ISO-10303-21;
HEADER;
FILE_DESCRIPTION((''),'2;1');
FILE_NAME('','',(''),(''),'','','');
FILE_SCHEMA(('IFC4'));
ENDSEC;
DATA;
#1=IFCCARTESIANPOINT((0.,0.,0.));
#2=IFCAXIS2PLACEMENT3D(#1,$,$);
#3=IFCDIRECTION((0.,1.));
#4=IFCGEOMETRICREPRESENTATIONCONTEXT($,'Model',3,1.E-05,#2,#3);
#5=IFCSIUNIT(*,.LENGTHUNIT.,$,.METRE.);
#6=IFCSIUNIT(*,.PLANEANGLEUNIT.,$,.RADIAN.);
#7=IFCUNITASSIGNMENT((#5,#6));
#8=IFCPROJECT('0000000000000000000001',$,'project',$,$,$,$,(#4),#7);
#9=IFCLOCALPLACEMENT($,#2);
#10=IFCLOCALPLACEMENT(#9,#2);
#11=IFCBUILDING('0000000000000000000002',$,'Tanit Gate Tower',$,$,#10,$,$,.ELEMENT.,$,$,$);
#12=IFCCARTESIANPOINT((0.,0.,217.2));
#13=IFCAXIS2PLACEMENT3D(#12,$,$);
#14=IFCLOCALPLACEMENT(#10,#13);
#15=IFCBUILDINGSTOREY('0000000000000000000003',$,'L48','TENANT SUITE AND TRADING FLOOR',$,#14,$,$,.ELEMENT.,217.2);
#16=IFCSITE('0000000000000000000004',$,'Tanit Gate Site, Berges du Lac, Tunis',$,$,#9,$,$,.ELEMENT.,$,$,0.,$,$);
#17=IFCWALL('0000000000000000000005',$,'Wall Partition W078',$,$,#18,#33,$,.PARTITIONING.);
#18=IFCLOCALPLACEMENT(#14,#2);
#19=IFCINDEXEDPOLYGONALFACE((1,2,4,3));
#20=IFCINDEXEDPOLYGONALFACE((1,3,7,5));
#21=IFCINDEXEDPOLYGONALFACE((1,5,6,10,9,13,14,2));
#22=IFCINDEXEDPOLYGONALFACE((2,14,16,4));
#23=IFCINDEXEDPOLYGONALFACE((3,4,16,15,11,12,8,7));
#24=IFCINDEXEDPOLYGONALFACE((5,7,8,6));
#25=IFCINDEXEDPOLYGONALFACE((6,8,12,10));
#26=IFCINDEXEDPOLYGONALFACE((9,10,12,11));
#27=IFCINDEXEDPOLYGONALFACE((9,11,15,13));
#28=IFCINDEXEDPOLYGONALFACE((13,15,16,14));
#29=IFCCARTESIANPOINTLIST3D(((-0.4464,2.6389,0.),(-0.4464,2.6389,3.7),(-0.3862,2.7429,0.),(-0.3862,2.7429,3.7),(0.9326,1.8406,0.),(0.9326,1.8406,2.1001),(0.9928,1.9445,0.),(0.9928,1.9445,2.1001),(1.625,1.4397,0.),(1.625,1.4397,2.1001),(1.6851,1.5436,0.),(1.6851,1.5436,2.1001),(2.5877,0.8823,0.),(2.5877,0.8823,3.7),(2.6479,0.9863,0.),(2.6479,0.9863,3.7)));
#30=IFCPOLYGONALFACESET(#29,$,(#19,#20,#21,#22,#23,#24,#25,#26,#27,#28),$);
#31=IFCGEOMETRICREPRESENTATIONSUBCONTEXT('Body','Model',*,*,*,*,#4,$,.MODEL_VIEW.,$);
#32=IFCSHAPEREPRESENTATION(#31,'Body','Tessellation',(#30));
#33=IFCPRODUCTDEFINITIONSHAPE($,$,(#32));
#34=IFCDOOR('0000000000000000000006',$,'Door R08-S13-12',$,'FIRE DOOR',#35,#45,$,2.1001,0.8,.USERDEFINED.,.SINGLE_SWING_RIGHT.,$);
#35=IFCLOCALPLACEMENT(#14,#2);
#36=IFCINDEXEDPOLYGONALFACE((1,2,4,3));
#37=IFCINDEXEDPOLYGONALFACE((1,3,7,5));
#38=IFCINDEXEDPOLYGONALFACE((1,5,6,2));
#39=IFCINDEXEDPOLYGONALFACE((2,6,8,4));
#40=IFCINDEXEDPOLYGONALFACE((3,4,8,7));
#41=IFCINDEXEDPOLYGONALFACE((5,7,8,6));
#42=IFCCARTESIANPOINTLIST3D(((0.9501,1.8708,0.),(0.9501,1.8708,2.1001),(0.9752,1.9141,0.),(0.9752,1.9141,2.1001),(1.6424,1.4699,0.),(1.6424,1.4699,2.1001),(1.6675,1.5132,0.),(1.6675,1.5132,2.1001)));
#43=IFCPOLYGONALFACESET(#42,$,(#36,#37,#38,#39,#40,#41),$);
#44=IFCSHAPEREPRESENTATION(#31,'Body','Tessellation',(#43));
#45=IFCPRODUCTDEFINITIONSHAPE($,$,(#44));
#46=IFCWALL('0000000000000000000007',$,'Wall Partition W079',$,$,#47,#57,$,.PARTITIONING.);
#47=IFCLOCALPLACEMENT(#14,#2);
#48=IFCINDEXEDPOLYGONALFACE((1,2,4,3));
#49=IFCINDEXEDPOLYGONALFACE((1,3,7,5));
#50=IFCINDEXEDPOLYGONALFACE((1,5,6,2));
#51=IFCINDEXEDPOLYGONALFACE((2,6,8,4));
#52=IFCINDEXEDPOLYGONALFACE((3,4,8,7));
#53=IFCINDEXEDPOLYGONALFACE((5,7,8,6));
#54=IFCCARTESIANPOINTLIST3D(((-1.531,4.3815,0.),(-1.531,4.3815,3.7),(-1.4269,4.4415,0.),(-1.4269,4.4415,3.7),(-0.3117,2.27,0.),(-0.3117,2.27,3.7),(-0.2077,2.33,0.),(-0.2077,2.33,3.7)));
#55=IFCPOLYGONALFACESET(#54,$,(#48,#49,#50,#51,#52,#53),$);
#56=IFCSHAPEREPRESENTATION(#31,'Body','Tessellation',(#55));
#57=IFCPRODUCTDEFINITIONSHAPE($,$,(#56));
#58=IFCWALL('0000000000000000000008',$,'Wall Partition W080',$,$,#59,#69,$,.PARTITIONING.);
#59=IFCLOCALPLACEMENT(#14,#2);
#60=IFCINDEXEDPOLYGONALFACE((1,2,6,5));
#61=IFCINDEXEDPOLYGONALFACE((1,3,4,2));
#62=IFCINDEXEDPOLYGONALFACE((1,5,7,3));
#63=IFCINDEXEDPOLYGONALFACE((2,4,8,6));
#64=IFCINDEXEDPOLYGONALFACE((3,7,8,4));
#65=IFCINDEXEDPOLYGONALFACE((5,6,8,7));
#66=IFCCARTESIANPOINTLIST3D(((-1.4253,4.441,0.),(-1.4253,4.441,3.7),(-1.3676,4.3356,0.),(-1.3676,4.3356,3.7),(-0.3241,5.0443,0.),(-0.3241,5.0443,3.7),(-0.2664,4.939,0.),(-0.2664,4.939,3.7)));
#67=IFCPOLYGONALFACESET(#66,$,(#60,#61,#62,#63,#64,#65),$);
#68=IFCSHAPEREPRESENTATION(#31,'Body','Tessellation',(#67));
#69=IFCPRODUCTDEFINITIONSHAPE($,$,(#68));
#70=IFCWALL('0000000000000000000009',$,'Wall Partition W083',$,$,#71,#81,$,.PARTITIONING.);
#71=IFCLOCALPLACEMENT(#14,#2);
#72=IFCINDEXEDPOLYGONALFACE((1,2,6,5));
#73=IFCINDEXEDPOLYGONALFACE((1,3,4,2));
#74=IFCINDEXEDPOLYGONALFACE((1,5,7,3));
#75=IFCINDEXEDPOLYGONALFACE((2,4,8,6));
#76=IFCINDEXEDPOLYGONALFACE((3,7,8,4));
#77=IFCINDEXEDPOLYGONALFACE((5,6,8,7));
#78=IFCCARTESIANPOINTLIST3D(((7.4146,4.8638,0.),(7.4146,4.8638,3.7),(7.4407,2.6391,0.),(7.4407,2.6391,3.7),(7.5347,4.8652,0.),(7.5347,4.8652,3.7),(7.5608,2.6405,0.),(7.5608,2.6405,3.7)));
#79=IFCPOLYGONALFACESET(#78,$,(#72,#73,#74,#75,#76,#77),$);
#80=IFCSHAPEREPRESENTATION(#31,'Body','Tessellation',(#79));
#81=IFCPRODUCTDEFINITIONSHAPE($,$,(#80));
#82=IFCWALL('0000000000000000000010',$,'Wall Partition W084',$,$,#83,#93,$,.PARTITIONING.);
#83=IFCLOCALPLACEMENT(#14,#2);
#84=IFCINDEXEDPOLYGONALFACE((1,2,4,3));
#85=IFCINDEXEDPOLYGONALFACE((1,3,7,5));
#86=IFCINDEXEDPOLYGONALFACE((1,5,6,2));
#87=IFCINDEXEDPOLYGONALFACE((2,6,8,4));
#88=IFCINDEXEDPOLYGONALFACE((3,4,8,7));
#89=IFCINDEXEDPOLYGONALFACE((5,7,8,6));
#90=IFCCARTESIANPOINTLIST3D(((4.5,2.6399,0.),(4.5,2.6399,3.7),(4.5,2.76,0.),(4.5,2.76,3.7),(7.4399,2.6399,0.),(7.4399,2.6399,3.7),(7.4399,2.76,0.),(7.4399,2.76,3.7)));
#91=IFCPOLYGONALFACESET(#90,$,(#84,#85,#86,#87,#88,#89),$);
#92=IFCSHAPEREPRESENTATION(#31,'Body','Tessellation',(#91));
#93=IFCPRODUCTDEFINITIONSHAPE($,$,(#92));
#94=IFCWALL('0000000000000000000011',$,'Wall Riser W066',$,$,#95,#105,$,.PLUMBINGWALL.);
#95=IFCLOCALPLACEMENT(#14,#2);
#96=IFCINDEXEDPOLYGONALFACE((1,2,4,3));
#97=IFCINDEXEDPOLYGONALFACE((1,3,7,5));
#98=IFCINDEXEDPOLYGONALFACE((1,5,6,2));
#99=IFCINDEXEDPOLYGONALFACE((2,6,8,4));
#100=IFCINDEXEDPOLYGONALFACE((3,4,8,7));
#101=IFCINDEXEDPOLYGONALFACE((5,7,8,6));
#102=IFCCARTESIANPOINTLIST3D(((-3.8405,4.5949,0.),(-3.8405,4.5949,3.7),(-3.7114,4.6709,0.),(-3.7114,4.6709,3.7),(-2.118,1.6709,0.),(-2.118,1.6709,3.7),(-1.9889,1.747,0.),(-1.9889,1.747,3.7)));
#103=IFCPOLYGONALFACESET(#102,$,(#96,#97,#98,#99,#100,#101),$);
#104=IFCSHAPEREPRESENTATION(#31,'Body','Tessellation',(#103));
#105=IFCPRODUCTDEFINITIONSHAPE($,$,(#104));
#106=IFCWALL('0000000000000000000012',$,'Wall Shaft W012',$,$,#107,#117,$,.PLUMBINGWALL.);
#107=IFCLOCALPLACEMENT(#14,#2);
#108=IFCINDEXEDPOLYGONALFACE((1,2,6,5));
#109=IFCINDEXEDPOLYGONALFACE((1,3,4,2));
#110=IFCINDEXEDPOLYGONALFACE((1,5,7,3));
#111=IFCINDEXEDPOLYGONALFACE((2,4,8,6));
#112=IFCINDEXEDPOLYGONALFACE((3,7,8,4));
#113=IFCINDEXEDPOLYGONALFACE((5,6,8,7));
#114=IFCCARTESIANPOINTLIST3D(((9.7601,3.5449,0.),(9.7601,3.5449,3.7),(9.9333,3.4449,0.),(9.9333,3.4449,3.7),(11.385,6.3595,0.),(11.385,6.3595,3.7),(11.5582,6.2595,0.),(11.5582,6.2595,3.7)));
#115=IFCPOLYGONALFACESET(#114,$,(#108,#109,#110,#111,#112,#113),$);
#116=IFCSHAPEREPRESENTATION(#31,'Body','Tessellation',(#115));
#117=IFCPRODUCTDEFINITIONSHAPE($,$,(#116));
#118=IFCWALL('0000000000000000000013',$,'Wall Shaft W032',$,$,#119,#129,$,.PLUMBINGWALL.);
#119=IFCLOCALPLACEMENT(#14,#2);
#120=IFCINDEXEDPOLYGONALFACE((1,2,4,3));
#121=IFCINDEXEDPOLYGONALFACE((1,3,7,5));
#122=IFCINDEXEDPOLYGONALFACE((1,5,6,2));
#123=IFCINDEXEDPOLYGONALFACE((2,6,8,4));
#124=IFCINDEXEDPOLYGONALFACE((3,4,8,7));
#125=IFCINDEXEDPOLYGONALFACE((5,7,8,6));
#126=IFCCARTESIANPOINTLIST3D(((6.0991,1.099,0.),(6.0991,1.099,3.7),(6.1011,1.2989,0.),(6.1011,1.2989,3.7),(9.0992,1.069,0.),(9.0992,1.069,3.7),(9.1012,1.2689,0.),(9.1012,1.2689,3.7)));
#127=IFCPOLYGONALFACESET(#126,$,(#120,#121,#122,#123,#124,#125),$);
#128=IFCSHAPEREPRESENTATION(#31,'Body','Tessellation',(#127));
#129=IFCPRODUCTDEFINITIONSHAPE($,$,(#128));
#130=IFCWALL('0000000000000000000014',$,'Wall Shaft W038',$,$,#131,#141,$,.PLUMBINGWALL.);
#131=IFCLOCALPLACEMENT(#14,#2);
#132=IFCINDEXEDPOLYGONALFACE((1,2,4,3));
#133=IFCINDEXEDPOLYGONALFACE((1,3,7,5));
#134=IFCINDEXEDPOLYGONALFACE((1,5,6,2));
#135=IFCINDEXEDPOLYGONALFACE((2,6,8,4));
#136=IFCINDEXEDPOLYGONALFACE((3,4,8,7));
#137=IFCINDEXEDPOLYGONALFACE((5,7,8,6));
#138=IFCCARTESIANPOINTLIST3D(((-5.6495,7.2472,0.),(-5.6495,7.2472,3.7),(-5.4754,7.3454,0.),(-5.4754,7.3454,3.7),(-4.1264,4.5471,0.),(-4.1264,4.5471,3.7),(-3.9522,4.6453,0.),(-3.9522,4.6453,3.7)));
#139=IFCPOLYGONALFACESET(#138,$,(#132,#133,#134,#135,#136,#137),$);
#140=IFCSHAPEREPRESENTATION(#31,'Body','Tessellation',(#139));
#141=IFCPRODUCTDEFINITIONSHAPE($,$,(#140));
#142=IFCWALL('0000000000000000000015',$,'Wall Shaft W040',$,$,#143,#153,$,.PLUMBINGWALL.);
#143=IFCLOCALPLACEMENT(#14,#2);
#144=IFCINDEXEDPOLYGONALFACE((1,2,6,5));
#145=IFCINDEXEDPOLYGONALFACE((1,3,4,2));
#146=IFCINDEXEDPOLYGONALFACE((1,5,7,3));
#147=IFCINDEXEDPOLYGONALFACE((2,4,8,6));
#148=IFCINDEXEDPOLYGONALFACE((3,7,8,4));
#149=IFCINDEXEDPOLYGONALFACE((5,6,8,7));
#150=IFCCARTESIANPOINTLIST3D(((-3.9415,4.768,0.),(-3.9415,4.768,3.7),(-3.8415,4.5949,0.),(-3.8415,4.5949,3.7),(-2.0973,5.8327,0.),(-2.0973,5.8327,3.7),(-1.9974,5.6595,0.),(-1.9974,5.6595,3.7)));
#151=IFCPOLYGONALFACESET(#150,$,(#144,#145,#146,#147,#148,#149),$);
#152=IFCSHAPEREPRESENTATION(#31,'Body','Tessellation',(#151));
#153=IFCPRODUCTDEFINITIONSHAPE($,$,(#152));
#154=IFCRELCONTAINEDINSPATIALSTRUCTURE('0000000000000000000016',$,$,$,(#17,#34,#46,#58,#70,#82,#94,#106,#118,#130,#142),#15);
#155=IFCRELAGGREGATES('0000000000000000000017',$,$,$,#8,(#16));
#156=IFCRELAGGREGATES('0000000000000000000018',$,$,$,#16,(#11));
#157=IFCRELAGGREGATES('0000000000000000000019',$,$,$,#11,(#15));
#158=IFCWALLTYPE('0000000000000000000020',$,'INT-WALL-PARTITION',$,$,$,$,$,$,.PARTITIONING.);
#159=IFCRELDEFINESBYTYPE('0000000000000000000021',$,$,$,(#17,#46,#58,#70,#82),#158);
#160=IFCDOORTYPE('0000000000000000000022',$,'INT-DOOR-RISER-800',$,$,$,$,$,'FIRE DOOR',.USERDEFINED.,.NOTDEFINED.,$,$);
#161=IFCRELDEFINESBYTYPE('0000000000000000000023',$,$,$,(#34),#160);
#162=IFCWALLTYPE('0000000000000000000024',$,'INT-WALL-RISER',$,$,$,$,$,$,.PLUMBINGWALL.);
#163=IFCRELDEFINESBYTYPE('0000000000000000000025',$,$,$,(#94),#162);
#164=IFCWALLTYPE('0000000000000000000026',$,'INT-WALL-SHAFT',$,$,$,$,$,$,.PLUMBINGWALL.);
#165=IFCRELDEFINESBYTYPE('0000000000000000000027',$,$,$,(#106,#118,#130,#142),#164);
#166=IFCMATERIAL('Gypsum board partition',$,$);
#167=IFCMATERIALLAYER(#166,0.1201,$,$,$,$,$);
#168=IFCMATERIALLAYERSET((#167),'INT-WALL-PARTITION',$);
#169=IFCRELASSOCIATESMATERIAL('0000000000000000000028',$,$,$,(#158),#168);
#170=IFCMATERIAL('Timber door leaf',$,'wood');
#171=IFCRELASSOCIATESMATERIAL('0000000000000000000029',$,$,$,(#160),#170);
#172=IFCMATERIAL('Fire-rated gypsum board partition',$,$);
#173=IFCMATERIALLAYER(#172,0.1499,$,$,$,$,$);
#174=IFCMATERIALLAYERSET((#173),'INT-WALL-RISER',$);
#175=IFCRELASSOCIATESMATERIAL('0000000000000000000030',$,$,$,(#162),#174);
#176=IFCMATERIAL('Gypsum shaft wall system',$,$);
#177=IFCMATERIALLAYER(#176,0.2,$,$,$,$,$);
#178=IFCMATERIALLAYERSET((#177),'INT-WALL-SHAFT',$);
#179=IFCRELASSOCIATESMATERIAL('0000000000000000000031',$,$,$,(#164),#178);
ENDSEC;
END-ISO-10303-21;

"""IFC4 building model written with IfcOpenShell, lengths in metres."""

from ifc_helpers import new_model, si_unit, direction, frame, frame_2d, origin, place, context, subcontext, project, spatial, rectangle, extrude, material, layer, layer_set, type_object, element, fill, save


model = new_model("IFC4")

# Units and contexts
model_context = context("Model", 3, precision=1e-05, world=origin(), true_north=direction((0.0, 1.0)))
body_context = subcontext(model_context, "Body", "Model", "MODEL_VIEW")
ifc_project = project(units=[si_unit("LENGTHUNIT", "METRE"), si_unit("PLANEANGLEUNIT", "RADIAN")], contexts=[model_context])

# Site, building, storey
site_placement = place(None, origin())
site = spatial("IfcSite", under=ifc_project, at=site_placement, Name="Tanit Gate Site, Berges du Lac, Tunis", CompositionType="ELEMENT", RefElevation=0.0)
building_placement = place(site_placement, origin())
building = spatial("IfcBuilding", under=site, at=building_placement, Name="Tanit Gate Tower", CompositionType="ELEMENT")
storey_placement = place(building_placement, frame((0.0, 0.0, 217.2)))
storey = spatial("IfcBuildingStorey", under=building, at=storey_placement, Name="L48", Description="TENANT SUITE AND TRADING FLOOR", CompositionType="ELEMENT", Elevation=217.2)

# Shared definitions
ifc_material_1 = material(Name="Gypsum board partition")
ifc_layer_1 = layer(ifc_material_1, 0.1201)
ifc_layer_set_1 = layer_set([ifc_layer_1], Name="INT-WALL-PARTITION")
wall_type_1 = type_object("IfcWallType", Name="INT-WALL-PARTITION", PredefinedType="PARTITIONING", material=ifc_layer_set_1)

# Shared definitions
ifc_material_2 = material(Name="Timber door leaf", Category="wood")
door_type_1 = type_object("IfcDoorType", Name="INT-DOOR-RISER-800", ElementType="FIRE DOOR", OperationType="NOTDEFINED", PredefinedType="USERDEFINED", material=ifc_material_2)

# Wall, opening, door
wall_1_placement = place(storey_placement, frame((-0.4163, 2.6909, 0.0), z_axis=(0.0, 0.0, 1.0), x_axis=(0.865414, -0.501058, 0.0)))
wall_1 = element("IfcWall", 1, at=wall_1_placement, inside=storey, type_object=wall_type_1, Name="Wall Partition W078", PredefinedType="PARTITIONING", context=body_context, shape_type="SweptSolid", body=[
    extrude(rectangle(XDim=3.5059, YDim=0.1201, at=frame_2d((1.7529, 0.0))), origin(), (0.0, 0.0, 1.0), 3.7),
])
opening_1_placement = place(wall_1_placement, frame((1.5935, 0.0, 0.0)))
opening_1 = element("IfcOpeningElement", 2, at=opening_1_placement, cuts=wall_1, PredefinedType="OPENING", context=body_context, shape_type="SweptSolid", body=[
    extrude(rectangle(XDim=0.8, YDim=2.1001, at=frame_2d((0.3999, 1.05))), frame((0.0, 0.0701, 0.0), z_axis=(0.0, -1.0, 0.0), x_axis=(1.0, 0.0, 0.0)), (0.0, 0.0, 1.0), 0.1401),
])
door_1_placement = place(opening_1_placement, origin())
door_1 = element("IfcDoor", 3, at=door_1_placement, inside=storey, type_object=door_type_1, Name="Door R08-S13-12", ObjectType="FIRE DOOR", OperationType="SINGLE_SWING_RIGHT", OverallHeight=2.1001, OverallWidth=0.8, PredefinedType="USERDEFINED", context=body_context, shape_type="SweptSolid", body=[
    extrude(rectangle(XDim=0.8, YDim=2.1001, at=frame_2d((0.3999, 1.05))), frame((0.0, 0.0249, 0.0), z_axis=(0.0, -1.0, 0.0), x_axis=(1.0, 0.0, 0.0)), (0.0, 0.0, 1.0), 0.05),
])
fill(opening_1, door_1)

# Walls
wall_2_placement = place(storey_placement, frame((-1.479, 4.4116, 0.0), z_axis=(0.0, 0.0, 1.0), x_axis=(0.500037, -0.866004, 0.0)))
element("IfcWall", 4, at=wall_2_placement, inside=storey, type_object=wall_type_1, Name="Wall Partition W079", PredefinedType="PARTITIONING", context=body_context, shape_type="SweptSolid", body=[
    extrude(rectangle(XDim=2.4382, YDim=0.1201, at=frame_2d((1.2192, 0.0))), origin(), (0.0, 0.0, 1.0), 3.7),
])
wall_3_placement = place(storey_placement, frame((-0.2952, 4.9917, 0.0), z_axis=(0.0, 0.0, 1.0), x_axis=(-0.876995, -0.4805, 0.0)))
element("IfcWall", 5, at=wall_3_placement, inside=storey, type_object=wall_type_1, Name="Wall Partition W080", PredefinedType="PARTITIONING", context=body_context, shape_type="SweptSolid", body=[
    extrude(rectangle(XDim=1.2556, YDim=0.1201, at=frame_2d((0.6279, 0.0))), origin(), (0.0, 0.0, 1.0), 3.7),
])
wall_4_placement = place(storey_placement, frame((7.5007, 2.6399, 0.0), z_axis=(0.0, 0.0, 1.0), x_axis=(-0.011742, 0.999931, 0.0)))
element("IfcWall", 6, at=wall_4_placement, inside=storey, type_object=wall_type_1, Name="Wall Partition W083", PredefinedType="PARTITIONING", context=body_context, shape_type="SweptSolid", body=[
    extrude(rectangle(XDim=2.2249, YDim=0.1201, at=frame_2d((1.1123, 0.0))), origin(), (0.0, 0.0, 1.0), 3.7),
])
wall_5_placement = place(storey_placement, frame((4.5, 2.7, 0.0), z_axis=(0.0, 0.0, 1.0), x_axis=(1.0, 0.0, 0.0)))
element("IfcWall", 7, at=wall_5_placement, inside=storey, type_object=wall_type_1, Name="Wall Partition W084", PredefinedType="PARTITIONING", context=body_context, shape_type="SweptSolid", body=[
    extrude(rectangle(XDim=2.9399, YDim=0.1201, at=frame_2d((1.47, 0.0))), origin(), (0.0, 0.0, 1.0), 3.7),
])
ifc_material_3 = material(Name="Fire-rated gypsum board partition")
ifc_layer_2 = layer(ifc_material_3, 0.1499)
ifc_layer_set_2 = layer_set([ifc_layer_2], Name="INT-WALL-RISER")
wall_type_2 = type_object("IfcWallType", Name="INT-WALL-RISER", PredefinedType="PLUMBINGWALL", material=ifc_layer_set_2)
wall_6_placement = place(storey_placement, frame((-2.0535, 1.709, 0.0), z_axis=(0.0, 0.0, 1.0), x_axis=(-0.50757, 0.86161, 0.0)))
element("IfcWall", 8, at=wall_6_placement, inside=storey, type_object=wall_type_2, Name="Wall Riser W066", PredefinedType="PLUMBINGWALL", context=body_context, shape_type="SweptSolid", body=[
    extrude(rectangle(XDim=3.3936, YDim=0.1499, at=frame_2d((1.6968, 0.0))), origin(), (0.0, 0.0, 1.0), 3.7),
])
ifc_material_4 = material(Name="Gypsum shaft wall system")
ifc_layer_3 = layer(ifc_material_4, 0.2)
ifc_layer_set_3 = layer_set([ifc_layer_3], Name="INT-WALL-SHAFT")
wall_type_3 = type_object("IfcWallType", Name="INT-WALL-SHAFT", PredefinedType="PLUMBINGWALL", material=ifc_layer_set_3)
wall_7_placement = place(storey_placement, frame((9.8467, 3.4949, 0.0), z_axis=(0.0, 0.0, 1.0), x_axis=(0.499985, 0.866034, 0.0)))
element("IfcWall", 9, at=wall_7_placement, inside=storey, type_object=wall_type_3, Name="Wall Shaft W012", PredefinedType="PLUMBINGWALL", context=body_context, shape_type="SweptSolid", body=[
    extrude(rectangle(XDim=3.25, YDim=0.2, at=frame_2d((1.625, 0.0))), origin(), (0.0, 0.0, 1.0), 3.7),
])

# Walls
wall_8_placement = place(storey_placement, frame((9.1001, 1.1689, 0.0), z_axis=(0.0, 0.0, 1.0), x_axis=(-0.99995, 0.010009, 0.0)))
element("IfcWall", 10, at=wall_8_placement, inside=storey, type_object=wall_type_3, Name="Wall Shaft W032", PredefinedType="PLUMBINGWALL", context=body_context, shape_type="SweptSolid", body=[
    extrude(rectangle(XDim=3.0002, YDim=0.2, at=frame_2d((1.5, 0.0))), origin(), (0.0, 0.0, 1.0), 3.7),
])
wall_9_placement = place(storey_placement, frame((-4.0393, 4.5962, 0.0), z_axis=(0.0, 0.0, 1.0), x_axis=(-0.491323, 0.870978, 0.0)))
element("IfcWall", 11, at=wall_9_placement, inside=storey, type_object=wall_type_3, Name="Wall Shaft W038", PredefinedType="PLUMBINGWALL", context=body_context, shape_type="SweptSolid", body=[
    extrude(rectangle(XDim=3.1001, YDim=0.2, at=frame_2d((1.55, 0.0))), origin(), (0.0, 0.0, 1.0), 3.7),
])
wall_10_placement = place(storey_placement, frame((-2.0474, 5.7461, 0.0), z_axis=(0.0, 0.0, 1.0), x_axis=(-0.86604, -0.499974, 0.0)))
element("IfcWall", 12, at=wall_10_placement, inside=storey, type_object=wall_type_3, Name="Wall Shaft W040", PredefinedType="PLUMBINGWALL", context=body_context, shape_type="SweptSolid", body=[
    extrude(rectangle(XDim=2.1294, YDim=0.2, at=frame_2d((1.0647, 0.0))), origin(), (0.0, 0.0, 1.0), 3.7),
])

save(model, "model.ifc")
